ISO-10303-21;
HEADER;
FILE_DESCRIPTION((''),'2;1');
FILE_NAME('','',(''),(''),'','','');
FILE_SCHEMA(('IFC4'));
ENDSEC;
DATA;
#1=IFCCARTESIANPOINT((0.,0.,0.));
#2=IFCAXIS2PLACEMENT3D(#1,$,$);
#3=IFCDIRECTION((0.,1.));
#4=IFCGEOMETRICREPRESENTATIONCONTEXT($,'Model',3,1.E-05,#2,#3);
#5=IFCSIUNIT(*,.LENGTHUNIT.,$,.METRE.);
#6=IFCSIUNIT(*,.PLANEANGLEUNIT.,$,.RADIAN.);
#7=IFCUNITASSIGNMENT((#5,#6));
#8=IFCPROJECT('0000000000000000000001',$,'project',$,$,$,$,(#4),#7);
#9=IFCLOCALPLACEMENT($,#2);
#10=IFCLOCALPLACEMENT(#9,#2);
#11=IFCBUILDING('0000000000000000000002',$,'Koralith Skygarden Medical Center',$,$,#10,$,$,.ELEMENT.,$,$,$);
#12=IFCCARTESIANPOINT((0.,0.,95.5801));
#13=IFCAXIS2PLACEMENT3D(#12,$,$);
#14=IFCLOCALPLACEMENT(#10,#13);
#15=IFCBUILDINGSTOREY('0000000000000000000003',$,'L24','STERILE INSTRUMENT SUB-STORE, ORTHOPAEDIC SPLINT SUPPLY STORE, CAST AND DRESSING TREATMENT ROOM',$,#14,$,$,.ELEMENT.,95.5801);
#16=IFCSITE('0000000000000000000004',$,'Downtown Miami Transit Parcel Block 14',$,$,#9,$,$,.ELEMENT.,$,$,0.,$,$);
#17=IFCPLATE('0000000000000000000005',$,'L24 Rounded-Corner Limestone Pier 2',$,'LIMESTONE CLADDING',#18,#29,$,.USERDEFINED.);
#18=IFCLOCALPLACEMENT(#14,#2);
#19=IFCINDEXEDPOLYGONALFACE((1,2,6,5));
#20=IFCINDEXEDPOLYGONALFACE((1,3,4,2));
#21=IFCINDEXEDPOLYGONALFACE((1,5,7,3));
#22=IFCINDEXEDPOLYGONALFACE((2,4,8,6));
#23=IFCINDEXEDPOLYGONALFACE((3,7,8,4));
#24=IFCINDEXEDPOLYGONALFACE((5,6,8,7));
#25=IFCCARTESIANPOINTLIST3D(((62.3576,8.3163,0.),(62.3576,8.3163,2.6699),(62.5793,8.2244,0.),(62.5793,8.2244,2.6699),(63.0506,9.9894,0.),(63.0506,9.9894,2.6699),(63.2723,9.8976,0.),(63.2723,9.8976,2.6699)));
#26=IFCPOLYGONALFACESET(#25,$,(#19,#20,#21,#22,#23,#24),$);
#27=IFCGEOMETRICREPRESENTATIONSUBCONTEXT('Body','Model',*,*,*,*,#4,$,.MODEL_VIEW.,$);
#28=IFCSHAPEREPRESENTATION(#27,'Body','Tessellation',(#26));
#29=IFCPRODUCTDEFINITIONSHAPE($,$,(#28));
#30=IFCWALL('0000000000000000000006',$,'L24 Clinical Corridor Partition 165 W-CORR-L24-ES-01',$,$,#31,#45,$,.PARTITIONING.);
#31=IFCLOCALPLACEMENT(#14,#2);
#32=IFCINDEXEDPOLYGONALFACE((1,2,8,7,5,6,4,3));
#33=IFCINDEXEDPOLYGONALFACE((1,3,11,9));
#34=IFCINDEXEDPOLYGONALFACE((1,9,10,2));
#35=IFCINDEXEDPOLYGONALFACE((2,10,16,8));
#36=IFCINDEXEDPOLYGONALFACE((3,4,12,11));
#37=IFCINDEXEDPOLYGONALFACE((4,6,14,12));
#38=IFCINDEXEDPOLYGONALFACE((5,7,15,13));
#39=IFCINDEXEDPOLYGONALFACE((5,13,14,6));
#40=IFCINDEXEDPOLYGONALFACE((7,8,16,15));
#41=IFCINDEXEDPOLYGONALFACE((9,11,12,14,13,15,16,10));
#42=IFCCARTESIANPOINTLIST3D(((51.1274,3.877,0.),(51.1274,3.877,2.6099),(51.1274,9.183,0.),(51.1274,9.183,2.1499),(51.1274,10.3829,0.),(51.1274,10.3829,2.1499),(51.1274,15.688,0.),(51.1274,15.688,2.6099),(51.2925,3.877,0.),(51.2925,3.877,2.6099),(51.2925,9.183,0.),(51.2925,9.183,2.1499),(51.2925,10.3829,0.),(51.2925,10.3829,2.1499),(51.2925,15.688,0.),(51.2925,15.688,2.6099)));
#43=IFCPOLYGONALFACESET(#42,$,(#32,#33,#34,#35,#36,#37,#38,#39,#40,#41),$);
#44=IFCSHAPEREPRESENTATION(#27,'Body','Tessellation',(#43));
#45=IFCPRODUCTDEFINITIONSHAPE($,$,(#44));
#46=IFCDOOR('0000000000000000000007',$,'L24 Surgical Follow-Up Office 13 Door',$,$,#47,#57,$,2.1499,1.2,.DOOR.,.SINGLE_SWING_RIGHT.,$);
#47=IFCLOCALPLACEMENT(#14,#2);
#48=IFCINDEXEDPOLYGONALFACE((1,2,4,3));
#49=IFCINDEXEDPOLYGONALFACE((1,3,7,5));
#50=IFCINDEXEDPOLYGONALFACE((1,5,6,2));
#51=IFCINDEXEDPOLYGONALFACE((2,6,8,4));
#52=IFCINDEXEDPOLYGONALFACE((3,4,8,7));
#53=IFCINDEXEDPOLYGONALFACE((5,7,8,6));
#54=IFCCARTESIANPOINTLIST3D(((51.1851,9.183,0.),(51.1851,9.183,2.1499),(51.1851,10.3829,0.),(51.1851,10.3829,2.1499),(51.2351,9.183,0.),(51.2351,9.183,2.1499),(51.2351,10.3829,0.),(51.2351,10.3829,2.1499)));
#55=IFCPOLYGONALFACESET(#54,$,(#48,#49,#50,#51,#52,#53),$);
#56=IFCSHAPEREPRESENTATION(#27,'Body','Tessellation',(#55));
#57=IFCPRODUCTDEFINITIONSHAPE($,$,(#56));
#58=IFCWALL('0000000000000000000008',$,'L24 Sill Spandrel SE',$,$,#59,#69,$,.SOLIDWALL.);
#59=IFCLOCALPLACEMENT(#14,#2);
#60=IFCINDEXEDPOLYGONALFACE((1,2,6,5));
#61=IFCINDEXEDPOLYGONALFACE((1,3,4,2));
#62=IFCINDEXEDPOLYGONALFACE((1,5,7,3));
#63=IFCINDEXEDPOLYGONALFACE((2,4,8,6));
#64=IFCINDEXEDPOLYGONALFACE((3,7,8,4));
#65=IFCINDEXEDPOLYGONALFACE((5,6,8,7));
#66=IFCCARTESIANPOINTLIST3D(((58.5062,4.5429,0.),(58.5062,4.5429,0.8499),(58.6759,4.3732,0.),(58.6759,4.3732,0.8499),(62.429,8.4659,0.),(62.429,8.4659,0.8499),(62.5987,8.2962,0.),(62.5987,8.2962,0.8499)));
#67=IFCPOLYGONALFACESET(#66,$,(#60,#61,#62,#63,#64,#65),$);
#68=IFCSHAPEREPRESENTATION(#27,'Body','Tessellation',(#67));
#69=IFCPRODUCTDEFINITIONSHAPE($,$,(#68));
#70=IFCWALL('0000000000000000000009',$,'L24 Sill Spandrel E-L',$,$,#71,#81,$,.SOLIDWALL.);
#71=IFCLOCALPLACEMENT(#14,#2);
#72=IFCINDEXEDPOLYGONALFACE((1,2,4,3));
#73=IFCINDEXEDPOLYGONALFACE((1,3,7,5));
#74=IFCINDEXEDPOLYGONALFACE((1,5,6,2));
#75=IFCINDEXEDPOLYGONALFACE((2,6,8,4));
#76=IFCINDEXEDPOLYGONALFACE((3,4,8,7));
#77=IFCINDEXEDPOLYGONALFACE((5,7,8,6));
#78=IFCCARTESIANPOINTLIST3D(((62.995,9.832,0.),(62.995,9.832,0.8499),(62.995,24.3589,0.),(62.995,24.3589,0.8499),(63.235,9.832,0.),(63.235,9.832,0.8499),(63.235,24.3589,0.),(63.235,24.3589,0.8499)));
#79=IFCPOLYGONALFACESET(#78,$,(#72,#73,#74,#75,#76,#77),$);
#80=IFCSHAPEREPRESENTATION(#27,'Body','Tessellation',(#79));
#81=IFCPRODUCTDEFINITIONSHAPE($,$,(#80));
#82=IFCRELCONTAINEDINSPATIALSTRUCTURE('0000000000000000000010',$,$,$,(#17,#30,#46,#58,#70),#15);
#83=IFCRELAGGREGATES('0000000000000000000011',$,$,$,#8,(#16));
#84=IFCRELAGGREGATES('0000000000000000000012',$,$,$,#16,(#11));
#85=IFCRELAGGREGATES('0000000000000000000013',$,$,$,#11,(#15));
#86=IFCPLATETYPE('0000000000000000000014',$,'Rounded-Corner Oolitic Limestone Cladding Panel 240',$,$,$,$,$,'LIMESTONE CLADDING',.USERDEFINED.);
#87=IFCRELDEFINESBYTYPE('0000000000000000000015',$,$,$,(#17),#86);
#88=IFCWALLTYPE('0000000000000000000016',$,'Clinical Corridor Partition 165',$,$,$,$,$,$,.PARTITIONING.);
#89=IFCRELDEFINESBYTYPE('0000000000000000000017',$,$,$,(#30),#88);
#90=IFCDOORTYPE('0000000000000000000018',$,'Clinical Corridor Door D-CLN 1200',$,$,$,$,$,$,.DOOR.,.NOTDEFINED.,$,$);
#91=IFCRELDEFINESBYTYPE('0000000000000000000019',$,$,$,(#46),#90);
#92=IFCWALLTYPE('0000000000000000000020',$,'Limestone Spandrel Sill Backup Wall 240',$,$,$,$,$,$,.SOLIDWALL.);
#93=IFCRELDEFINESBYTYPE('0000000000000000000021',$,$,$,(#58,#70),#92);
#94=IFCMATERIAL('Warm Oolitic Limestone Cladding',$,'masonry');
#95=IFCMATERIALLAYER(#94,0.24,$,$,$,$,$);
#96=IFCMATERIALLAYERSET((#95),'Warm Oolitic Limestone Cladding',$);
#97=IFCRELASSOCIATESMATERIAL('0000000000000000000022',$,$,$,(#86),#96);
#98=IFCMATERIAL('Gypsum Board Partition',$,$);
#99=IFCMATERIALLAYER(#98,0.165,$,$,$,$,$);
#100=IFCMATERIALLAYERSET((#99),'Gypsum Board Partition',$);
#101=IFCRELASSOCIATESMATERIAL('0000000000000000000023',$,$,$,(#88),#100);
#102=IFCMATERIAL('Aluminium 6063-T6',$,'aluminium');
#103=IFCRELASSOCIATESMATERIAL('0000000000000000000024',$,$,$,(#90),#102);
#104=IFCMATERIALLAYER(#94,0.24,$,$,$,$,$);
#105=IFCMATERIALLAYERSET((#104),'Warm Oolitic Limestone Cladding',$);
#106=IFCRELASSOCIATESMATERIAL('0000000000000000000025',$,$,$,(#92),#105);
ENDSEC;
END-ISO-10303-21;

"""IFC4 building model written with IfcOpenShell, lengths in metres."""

from ifc_helpers import new_model, si_unit, direction, frame, frame_2d, origin, origin_2d, place, context, subcontext, project, spatial, rectangle, extrude, material, layer, layer_set, type_object, element, fill, save


model = new_model("IFC4")

# Units and contexts
model_context = context("Model", 3, precision=1e-05, world=origin(), true_north=direction((0.0, 1.0)))
body_context = subcontext(model_context, "Body", "Model", "MODEL_VIEW")
ifc_project = project(units=[si_unit("LENGTHUNIT", "METRE"), si_unit("PLANEANGLEUNIT", "RADIAN")], contexts=[model_context])

# Site, building, storey
site_placement = place(None, origin())
site = spatial("IfcSite", under=ifc_project, at=site_placement, Name="Downtown Miami Transit Parcel Block 14", CompositionType="ELEMENT", RefElevation=0.0)
building_placement = place(site_placement, origin())
building = spatial("IfcBuilding", under=site, at=building_placement, Name="Koralith Skygarden Medical Center", CompositionType="ELEMENT")
storey_placement = place(building_placement, frame((0.0, 0.0, 95.5801)))
storey = spatial("IfcBuildingStorey", under=building, at=storey_placement, Name="L24", Description="STERILE INSTRUMENT SUB-STORE, ORTHOPAEDIC SPLINT SUPPLY STORE, CAST AND DRESSING TREATMENT ROOM", CompositionType="ELEMENT", Elevation=95.5801)

# Shared definitions
ifc_material_1 = material(Name="Aluminium 6063-T6", Category="aluminium")

# Plate
ifc_material_2 = material(Name="Warm Oolitic Limestone Cladding", Category="masonry")
ifc_layer_1 = layer(ifc_material_2, 0.24)
ifc_layer_set_1 = layer_set([ifc_layer_1], Name="Warm Oolitic Limestone Cladding")
plate_type_1 = type_object("IfcPlateType", Name="Rounded-Corner Oolitic Limestone Cladding Panel 240", ElementType="LIMESTONE CLADDING", PredefinedType="USERDEFINED", material=ifc_layer_set_1)
for number, where, z_axis, x_axis, name in (
    (1, (62.8149, 9.1069, 0.0), (0.0, 0.0, 1.0), (0.382671, 0.923885, 0.0), "L24 Rounded-Corner Limestone Pier 2"),
):
    element("IfcPlate", number, at=place(storey_placement, frame(where, z_axis=z_axis, x_axis=x_axis)), inside=storey, type_object=plate_type_1, Name=name, ObjectType="LIMESTONE CLADDING", PredefinedType="USERDEFINED", context=body_context, shape_type="SweptSolid", body=[
        extrude(rectangle(XDim=1.811, YDim=0.24, at=origin_2d()), origin(), (0.0, 0.0, 1.0), 2.6699),
    ])

# Wall, opening, door
ifc_material_3 = material(Name="Gypsum Board Partition")
ifc_layer_2 = layer(ifc_material_3, 0.165)
ifc_layer_set_2 = layer_set([ifc_layer_2], Name="Gypsum Board Partition")
wall_type_1 = type_object("IfcWallType", Name="Clinical Corridor Partition 165", PredefinedType="PARTITIONING", material=ifc_layer_set_2)
wall_1_placement = place(storey_placement, frame((51.21, 3.877, 0.0), z_axis=(0.0, 0.0, 1.0), x_axis=(0.0, 1.0, 0.0)))
wall_1 = element("IfcWall", 2, at=wall_1_placement, inside=storey, type_object=wall_type_1, Name="L24 Clinical Corridor Partition 165 W-CORR-L24-ES-01", PredefinedType="PARTITIONING", context=body_context, shape_type="SweptSolid", body=[
    extrude(rectangle(XDim=11.811, YDim=0.165, at=frame_2d((5.9055, 0.0))), origin(), (0.0, 0.0, 1.0), 2.6099),
])
opening_placement = place(wall_1_placement, frame((5.3059, 0.0, 0.0)))
opening = element("IfcOpeningElement", 3, at=opening_placement, cuts=wall_1, PredefinedType="OPENING", context=body_context, shape_type="SweptSolid", body=[
    extrude(rectangle(XDim=1.2, YDim=2.1499, at=frame_2d((0.6001, 1.075))), frame((0.0, 0.0925, 0.0), z_axis=(0.0, -1.0, 0.0), x_axis=(1.0, 0.0, 0.0)), (0.0, 0.0, 1.0), 0.1851),
])
door_type = type_object("IfcDoorType", Name="Clinical Corridor Door D-CLN 1200", OperationType="NOTDEFINED", PredefinedType="DOOR", material=ifc_material_1)
door_placement = place(opening_placement, origin())
door = element("IfcDoor", 4, at=door_placement, inside=storey, type_object=door_type, Name="L24 Surgical Follow-Up Office 13 Door", OperationType="SINGLE_SWING_RIGHT", OverallHeight=2.1499, OverallWidth=1.2, PredefinedType="DOOR", context=body_context, shape_type="SweptSolid", body=[
    extrude(rectangle(XDim=1.2, YDim=2.1499, at=frame_2d((0.6001, 1.075))), frame((0.0, 0.0249, 0.0), z_axis=(0.0, -1.0, 0.0), x_axis=(1.0, 0.0, 0.0)), (0.0, 0.0, 1.0), 0.05),
])
fill(opening, door)

# Walls
ifc_layer_3 = layer(ifc_material_2, 0.24)
ifc_layer_set_3 = layer_set([ifc_layer_3], Name="Warm Oolitic Limestone Cladding")
wall_type_2 = type_object("IfcWallType", Name="Limestone Spandrel Sill Backup Wall 240", PredefinedType="SOLIDWALL", material=ifc_layer_set_3)
wall_2_placement = place(storey_placement, frame((58.5911, 4.458, 0.0), z_axis=(0.0, 0.0, 1.0), x_axis=(0.707085, 0.707129, 0.0)))
element("IfcWall", 5, at=wall_2_placement, inside=storey, type_object=wall_type_2, Name="L24 Sill Spandrel SE", PredefinedType="SOLIDWALL", context=body_context, shape_type="SweptSolid", body=[
    extrude(rectangle(XDim=5.5479, YDim=0.24, at=frame_2d((2.7739, 0.0))), origin(), (0.0, 0.0, 1.0), 0.8499),
])
wall_3_placement = place(storey_placement, frame((63.115, 9.832, 0.0), z_axis=(0.0, 0.0, 1.0), x_axis=(0.0, 1.0, 0.0)))
element("IfcWall", 6, at=wall_3_placement, inside=storey, type_object=wall_type_2, Name="L24 Sill Spandrel E-L", PredefinedType="SOLIDWALL", context=body_context, shape_type="SweptSolid", body=[
    extrude(rectangle(XDim=14.5269, YDim=0.24, at=frame_2d((7.2634, 0.0))), origin(), (0.0, 0.0, 1.0), 0.8499),
])

save(model, "model.ifc")
